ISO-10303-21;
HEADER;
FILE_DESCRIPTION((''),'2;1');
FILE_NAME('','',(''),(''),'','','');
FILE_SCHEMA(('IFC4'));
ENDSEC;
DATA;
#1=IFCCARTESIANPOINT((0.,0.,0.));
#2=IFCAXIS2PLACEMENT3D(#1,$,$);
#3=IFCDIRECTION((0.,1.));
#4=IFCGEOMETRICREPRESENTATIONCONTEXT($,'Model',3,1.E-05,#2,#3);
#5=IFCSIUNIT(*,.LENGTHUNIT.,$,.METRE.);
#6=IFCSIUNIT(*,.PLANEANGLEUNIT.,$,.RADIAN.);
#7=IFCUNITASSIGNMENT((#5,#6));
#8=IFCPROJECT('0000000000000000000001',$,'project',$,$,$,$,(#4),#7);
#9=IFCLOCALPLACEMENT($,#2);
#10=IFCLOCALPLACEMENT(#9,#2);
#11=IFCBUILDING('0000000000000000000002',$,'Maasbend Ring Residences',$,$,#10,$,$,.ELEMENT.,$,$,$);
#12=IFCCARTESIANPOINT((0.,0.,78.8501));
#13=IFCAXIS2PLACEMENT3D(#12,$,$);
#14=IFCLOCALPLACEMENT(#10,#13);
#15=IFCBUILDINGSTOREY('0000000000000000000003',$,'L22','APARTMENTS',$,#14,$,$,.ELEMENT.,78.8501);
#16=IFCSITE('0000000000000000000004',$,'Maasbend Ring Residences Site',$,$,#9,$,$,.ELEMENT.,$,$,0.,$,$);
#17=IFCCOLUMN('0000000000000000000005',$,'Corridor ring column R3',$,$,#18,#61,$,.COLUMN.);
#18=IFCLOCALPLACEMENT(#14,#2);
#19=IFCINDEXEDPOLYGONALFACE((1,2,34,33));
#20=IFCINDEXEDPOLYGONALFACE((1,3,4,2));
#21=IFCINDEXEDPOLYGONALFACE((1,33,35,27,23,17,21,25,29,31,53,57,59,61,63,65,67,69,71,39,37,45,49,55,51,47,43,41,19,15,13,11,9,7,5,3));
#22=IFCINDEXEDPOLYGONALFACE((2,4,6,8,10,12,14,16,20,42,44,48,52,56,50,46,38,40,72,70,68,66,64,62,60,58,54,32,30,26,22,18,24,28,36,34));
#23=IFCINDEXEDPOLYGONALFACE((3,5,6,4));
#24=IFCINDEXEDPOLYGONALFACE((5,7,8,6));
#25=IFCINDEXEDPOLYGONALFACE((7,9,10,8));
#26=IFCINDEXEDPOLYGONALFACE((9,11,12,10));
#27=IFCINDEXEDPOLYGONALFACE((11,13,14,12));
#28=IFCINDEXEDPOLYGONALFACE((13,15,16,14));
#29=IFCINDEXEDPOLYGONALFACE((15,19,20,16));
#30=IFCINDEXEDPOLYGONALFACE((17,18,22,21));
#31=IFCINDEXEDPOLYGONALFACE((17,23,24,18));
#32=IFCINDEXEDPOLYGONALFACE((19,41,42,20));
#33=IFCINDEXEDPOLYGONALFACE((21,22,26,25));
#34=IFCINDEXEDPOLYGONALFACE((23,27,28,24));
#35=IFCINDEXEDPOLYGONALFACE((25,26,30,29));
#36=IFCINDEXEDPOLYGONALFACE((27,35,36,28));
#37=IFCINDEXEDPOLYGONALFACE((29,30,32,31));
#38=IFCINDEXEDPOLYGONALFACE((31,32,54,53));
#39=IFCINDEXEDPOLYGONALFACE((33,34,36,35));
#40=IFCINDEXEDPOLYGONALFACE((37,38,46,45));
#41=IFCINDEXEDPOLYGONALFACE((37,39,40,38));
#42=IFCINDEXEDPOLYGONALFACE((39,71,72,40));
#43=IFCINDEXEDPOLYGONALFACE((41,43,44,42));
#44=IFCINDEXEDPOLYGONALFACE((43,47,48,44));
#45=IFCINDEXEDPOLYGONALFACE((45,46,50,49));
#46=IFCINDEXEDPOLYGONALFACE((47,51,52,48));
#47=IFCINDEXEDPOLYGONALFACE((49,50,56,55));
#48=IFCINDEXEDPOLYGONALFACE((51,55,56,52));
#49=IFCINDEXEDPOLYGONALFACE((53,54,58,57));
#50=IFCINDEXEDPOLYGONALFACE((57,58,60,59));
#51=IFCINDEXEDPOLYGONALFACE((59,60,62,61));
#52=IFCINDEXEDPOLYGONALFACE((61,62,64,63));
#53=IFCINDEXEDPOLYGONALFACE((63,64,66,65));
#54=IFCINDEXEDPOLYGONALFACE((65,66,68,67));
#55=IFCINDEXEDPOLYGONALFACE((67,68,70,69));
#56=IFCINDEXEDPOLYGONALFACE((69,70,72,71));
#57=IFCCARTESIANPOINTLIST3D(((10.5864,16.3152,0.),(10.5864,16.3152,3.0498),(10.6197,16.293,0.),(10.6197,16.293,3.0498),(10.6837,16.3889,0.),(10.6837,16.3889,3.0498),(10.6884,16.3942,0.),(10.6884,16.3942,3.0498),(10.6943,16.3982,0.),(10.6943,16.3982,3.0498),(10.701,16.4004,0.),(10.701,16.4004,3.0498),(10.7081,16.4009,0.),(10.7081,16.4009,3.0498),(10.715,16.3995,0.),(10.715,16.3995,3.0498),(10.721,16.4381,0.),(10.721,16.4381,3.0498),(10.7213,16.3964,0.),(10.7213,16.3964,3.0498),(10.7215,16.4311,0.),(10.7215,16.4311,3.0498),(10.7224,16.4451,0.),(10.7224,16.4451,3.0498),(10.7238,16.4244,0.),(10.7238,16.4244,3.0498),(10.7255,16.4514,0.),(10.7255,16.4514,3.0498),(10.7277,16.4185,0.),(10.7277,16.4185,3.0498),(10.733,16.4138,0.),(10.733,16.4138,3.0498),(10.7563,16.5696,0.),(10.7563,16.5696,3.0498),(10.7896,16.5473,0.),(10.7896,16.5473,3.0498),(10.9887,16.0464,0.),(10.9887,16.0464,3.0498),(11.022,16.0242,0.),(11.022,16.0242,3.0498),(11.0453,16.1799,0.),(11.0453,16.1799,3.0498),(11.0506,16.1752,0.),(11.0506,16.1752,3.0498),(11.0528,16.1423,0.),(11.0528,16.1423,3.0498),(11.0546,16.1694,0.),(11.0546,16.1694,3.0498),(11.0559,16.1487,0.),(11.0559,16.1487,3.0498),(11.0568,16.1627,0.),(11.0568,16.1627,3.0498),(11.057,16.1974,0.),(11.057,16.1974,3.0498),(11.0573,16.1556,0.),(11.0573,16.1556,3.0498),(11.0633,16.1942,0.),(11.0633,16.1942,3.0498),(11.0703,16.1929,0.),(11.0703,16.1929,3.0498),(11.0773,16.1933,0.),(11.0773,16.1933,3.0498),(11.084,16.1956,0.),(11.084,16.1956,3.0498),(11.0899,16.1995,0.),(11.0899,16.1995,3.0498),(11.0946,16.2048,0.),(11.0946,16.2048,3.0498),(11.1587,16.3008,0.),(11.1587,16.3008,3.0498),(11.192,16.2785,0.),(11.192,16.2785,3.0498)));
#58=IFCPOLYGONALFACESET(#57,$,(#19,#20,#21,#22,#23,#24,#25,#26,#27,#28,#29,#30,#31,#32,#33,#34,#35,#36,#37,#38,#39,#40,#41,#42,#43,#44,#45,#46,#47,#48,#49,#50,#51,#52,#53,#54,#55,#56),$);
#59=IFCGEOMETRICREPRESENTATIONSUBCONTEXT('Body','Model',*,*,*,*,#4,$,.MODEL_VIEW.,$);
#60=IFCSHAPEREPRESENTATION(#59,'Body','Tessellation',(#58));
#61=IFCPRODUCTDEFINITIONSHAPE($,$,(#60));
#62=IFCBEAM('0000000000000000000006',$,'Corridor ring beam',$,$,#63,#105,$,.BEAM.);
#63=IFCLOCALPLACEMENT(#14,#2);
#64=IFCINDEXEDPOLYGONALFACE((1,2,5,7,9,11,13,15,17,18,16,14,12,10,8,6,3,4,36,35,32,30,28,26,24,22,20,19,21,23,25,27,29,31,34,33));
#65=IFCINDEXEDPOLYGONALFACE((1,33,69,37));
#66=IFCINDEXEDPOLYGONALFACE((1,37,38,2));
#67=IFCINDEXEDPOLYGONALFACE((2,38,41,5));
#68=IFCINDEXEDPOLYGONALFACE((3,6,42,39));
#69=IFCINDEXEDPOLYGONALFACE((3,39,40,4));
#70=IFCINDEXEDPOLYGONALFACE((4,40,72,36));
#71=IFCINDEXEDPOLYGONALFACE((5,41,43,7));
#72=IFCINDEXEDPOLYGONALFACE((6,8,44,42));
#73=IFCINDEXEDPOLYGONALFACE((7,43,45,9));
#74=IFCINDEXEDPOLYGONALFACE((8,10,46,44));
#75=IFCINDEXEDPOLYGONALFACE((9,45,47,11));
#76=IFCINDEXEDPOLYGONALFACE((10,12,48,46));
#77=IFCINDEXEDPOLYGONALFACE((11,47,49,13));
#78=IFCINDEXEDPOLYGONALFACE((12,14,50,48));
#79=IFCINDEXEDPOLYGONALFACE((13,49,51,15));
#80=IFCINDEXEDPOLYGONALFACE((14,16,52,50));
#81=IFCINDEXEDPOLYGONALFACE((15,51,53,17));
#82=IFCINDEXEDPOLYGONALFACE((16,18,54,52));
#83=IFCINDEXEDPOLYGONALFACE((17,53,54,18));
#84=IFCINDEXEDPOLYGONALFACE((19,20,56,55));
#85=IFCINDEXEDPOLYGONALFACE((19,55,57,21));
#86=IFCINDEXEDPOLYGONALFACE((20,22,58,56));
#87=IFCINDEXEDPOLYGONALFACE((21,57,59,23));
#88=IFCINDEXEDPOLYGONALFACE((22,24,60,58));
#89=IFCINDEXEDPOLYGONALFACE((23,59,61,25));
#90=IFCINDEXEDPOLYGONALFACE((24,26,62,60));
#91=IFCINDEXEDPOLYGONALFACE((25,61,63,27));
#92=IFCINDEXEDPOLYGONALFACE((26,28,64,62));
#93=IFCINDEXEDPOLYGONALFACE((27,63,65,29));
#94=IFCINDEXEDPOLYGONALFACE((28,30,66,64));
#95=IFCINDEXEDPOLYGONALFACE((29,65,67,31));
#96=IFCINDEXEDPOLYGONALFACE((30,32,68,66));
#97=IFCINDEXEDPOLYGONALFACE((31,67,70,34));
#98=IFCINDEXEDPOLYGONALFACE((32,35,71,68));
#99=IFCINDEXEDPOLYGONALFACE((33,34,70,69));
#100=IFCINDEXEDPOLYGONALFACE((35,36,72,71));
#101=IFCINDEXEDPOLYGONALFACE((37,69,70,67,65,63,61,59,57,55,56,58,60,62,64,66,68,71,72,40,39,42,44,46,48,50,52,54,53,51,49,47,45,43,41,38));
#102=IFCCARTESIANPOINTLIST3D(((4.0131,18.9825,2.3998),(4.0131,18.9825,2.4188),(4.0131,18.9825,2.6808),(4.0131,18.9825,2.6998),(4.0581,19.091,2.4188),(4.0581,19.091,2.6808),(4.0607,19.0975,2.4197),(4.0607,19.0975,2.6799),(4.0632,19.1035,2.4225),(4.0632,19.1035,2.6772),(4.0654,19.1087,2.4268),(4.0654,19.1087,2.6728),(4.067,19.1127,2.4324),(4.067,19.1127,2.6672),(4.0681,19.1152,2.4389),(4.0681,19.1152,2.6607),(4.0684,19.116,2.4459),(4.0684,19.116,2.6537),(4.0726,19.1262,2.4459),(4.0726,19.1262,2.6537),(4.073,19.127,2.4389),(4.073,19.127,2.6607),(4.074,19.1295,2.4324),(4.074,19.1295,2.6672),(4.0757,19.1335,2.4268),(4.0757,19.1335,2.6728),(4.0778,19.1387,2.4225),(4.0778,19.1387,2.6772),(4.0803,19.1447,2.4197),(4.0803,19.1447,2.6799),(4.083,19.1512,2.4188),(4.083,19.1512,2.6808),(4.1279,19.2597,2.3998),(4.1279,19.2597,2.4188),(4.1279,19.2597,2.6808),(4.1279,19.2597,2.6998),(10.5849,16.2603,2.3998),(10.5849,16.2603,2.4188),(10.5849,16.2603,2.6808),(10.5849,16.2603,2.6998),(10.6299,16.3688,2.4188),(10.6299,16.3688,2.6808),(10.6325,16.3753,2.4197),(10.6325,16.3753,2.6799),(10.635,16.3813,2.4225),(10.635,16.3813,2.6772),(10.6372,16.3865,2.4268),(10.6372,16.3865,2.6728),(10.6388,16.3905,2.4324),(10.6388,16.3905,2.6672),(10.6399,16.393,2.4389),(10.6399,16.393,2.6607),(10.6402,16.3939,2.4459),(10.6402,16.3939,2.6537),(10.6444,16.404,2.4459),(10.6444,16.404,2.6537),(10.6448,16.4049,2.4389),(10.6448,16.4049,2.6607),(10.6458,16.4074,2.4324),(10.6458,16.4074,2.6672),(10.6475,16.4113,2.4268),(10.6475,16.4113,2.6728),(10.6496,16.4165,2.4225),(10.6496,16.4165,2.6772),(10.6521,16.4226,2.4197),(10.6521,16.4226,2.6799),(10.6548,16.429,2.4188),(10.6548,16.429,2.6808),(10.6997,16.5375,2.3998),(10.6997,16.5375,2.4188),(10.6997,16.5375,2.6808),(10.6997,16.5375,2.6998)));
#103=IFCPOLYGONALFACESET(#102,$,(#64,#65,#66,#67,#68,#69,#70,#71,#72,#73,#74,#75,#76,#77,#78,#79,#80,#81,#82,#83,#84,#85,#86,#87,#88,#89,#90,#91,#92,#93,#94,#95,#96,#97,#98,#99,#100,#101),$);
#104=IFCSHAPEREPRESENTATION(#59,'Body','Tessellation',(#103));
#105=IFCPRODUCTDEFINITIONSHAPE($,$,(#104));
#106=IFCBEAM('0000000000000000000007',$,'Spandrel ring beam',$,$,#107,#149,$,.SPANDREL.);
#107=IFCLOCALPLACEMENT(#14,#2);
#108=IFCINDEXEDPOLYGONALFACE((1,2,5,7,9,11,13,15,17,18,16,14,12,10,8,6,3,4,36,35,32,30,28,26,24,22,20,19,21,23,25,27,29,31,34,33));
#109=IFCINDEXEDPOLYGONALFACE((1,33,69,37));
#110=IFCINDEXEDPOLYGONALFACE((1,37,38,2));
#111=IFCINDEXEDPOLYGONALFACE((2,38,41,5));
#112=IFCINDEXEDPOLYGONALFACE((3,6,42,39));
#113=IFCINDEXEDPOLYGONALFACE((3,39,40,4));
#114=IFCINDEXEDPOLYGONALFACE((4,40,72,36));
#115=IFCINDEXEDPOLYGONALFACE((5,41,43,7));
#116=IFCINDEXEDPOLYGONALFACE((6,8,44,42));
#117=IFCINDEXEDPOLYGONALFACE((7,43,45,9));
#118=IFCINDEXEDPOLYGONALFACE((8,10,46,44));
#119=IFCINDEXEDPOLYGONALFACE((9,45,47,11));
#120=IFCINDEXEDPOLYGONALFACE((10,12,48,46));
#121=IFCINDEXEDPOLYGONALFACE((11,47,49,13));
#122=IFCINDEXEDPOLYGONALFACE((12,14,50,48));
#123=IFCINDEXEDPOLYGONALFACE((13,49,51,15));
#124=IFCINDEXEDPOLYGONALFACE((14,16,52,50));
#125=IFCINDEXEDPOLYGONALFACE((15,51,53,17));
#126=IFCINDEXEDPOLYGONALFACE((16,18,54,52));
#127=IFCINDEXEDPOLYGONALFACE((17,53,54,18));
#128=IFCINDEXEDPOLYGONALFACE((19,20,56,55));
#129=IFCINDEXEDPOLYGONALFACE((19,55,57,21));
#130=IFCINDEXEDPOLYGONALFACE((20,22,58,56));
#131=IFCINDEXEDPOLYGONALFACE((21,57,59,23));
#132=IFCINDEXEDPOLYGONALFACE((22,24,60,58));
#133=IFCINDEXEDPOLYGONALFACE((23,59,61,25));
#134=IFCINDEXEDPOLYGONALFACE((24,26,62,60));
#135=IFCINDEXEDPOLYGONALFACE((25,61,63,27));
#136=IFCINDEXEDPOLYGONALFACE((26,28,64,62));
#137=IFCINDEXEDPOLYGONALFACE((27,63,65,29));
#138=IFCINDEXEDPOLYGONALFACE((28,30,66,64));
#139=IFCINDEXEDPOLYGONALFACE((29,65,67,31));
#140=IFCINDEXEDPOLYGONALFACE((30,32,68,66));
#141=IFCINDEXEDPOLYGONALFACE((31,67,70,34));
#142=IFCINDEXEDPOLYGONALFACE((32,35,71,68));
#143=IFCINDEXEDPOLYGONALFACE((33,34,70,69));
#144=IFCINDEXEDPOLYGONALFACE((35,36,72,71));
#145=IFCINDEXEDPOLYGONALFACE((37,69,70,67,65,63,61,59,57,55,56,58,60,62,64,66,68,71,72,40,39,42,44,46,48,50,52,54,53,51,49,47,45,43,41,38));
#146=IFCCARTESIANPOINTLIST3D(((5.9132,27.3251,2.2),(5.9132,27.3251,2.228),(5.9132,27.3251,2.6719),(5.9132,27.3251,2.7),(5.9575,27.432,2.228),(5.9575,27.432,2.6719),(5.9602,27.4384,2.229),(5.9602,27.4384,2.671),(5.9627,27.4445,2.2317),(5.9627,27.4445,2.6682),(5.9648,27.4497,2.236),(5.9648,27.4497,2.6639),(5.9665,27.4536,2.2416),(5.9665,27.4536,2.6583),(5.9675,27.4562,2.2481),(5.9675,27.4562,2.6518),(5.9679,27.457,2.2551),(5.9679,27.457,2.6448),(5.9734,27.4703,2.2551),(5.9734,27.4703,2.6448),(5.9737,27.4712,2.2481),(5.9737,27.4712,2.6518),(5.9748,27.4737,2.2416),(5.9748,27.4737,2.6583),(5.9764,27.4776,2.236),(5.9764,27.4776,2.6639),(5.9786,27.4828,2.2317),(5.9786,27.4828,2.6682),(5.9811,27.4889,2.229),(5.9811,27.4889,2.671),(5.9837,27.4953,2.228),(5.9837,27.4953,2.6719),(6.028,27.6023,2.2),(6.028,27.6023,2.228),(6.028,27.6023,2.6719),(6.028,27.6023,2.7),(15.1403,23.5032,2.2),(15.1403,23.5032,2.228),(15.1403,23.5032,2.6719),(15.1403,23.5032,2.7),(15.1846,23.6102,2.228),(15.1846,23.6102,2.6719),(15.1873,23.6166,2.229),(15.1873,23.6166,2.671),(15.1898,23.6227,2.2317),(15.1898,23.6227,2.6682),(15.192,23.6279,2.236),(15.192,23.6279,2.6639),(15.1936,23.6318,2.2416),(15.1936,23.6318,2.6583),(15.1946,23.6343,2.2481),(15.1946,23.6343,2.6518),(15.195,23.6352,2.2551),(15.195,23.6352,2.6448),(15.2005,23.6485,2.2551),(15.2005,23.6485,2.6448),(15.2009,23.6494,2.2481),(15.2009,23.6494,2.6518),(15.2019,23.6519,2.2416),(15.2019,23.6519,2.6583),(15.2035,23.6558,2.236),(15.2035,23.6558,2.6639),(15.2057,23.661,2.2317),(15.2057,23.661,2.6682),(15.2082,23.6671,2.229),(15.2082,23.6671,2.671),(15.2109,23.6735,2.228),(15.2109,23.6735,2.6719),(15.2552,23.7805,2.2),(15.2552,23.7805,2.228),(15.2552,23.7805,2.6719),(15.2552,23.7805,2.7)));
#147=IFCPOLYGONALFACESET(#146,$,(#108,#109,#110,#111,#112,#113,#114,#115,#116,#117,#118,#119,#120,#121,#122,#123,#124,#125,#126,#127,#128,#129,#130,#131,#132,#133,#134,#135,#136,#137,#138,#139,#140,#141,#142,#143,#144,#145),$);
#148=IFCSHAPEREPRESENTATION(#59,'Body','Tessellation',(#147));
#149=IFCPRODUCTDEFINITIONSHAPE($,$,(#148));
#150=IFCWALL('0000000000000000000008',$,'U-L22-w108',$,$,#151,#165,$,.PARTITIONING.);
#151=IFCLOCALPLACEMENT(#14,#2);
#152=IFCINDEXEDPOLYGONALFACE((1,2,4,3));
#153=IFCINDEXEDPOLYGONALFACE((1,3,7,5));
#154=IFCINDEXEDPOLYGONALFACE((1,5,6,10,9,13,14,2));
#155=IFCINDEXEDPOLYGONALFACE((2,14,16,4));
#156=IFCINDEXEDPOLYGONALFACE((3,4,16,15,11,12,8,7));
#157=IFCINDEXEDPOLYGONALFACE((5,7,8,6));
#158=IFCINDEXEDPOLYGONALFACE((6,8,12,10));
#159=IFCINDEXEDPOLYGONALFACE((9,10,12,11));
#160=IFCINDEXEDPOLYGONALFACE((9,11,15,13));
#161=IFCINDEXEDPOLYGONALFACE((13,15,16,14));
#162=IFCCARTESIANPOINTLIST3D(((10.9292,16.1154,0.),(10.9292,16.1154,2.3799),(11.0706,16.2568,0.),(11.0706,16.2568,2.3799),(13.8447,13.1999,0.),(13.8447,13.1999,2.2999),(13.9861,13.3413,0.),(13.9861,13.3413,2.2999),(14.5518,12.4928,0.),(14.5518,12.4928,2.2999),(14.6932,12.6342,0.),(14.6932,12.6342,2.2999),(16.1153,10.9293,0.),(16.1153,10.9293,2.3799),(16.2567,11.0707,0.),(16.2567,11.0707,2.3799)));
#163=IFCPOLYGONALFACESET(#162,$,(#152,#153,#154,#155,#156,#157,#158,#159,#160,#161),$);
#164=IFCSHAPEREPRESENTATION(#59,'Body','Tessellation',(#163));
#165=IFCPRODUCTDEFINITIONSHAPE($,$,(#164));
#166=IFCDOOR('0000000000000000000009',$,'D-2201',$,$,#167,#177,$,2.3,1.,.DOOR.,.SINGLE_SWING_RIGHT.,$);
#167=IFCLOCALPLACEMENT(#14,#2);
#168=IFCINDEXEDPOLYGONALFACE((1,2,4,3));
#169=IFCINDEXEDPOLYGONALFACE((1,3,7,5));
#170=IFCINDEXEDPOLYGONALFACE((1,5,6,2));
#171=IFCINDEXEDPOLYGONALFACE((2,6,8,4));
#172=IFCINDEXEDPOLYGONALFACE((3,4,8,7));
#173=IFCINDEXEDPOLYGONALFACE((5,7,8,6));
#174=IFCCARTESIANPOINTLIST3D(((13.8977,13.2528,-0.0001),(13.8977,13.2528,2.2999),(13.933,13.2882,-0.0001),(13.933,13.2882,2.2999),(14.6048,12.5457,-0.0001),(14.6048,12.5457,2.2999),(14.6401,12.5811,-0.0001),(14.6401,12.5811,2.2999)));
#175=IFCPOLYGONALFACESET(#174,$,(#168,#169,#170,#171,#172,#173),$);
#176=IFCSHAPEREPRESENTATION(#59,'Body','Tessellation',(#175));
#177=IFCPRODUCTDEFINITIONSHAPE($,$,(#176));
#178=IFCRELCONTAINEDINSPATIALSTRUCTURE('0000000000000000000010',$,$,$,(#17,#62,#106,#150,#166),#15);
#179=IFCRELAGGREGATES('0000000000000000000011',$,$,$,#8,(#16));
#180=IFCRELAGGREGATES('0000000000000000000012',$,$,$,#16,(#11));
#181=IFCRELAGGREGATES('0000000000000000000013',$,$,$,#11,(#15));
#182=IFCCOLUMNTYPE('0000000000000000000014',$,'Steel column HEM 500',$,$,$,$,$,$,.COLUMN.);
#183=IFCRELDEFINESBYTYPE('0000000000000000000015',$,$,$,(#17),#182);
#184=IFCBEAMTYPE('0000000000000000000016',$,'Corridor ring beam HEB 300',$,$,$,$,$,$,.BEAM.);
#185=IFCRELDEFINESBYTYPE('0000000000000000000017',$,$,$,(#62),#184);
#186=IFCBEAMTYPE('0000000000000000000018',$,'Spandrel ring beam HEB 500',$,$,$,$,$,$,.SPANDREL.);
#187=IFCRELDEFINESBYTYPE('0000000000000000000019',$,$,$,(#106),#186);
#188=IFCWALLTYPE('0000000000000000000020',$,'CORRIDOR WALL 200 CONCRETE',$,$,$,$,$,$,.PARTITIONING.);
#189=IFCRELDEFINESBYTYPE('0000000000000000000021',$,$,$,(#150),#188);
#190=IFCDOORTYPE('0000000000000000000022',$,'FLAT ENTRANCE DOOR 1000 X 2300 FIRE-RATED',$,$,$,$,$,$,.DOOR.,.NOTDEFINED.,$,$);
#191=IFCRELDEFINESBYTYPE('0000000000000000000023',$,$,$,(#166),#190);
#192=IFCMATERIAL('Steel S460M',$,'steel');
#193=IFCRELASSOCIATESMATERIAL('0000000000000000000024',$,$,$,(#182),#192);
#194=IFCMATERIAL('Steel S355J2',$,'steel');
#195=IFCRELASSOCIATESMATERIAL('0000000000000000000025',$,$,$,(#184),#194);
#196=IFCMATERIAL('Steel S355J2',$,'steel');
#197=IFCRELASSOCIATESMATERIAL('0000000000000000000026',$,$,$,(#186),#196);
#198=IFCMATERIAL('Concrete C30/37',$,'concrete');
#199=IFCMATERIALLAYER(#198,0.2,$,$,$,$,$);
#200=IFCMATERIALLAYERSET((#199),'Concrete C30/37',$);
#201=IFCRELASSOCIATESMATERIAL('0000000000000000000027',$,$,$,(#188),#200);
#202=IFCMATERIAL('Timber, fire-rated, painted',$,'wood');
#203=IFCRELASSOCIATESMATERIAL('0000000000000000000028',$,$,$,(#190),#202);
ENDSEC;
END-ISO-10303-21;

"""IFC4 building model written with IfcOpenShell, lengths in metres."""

from ifc_helpers import new_model, si_unit, direction, frame, frame_2d, origin, origin_2d, place, context, subcontext, project, spatial, rectangle, i_section, extrude, material, layer, layer_set, material_profile, profile_set, type_object, element, fill, save


model = new_model("IFC4")

# Units and contexts
model_context = context("Model", 3, precision=1e-05, world=origin(), true_north=direction((0.0, 1.0)))
body_context = subcontext(model_context, "Body", "Model", "MODEL_VIEW")
ifc_project = project(units=[si_unit("LENGTHUNIT", "METRE"), si_unit("PLANEANGLEUNIT", "RADIAN")], contexts=[model_context])

# Site, building, storey
site_placement = place(None, origin())
site = spatial("IfcSite", under=ifc_project, at=site_placement, Name="Maasbend Ring Residences Site", CompositionType="ELEMENT", RefElevation=0.0)
building_placement = place(site_placement, origin())
building = spatial("IfcBuilding", under=site, at=building_placement, Name="Maasbend Ring Residences", CompositionType="ELEMENT")
storey_placement = place(building_placement, frame((0.0, 0.0, 78.8501)))
storey = spatial("IfcBuildingStorey", under=building, at=storey_placement, Name="L22", Description="APARTMENTS", CompositionType="ELEMENT", Elevation=78.8501)

# Column
ifc_material_1 = material(Name="Steel S460M", Category="steel")
ifc_material_profile_1 = material_profile(ifc_material_1, i_section(OverallWidth=0.3059, OverallDepth=0.5239, WebThickness=0.021, FlangeThickness=0.04, FilletRadius=0.0271, at=origin_2d()), Name="HEM 500")
ifc_profile_set_1 = profile_set([ifc_material_profile_1], Name="Steel S460M")
column_type = type_object("IfcColumnType", Name="Steel column HEM 500", PredefinedType="COLUMN", material=ifc_profile_set_1)
column_placement = place(storey_placement, frame((10.8892, 16.2969, 0.0), z_axis=(0.0, 0.0, 1.0), x_axis=(0.55557, 0.83147, 0.0)))
element("IfcColumn", 1, at=column_placement, inside=storey, type_object=column_type, Name="Corridor ring column R3", PredefinedType="COLUMN", context=body_context, shape_type="SweptSolid", body=[
    extrude(i_section(OverallWidth=0.3059, OverallDepth=0.5239, WebThickness=0.021, FlangeThickness=0.04, FilletRadius=0.0271, at=origin_2d()), origin(), (0.0, 0.0, 1.0), 3.0498),
])

# Beams
ifc_material_2 = material(Name="Steel S355J2", Category="steel")
ifc_material_profile_2 = material_profile(ifc_material_2, i_section(OverallWidth=0.3, OverallDepth=0.3, WebThickness=0.011, FlangeThickness=0.019, FilletRadius=0.0271, at=origin_2d()), Name="HEB 300")
ifc_profile_set_2 = profile_set([ifc_material_profile_2], Name="Steel S355J2")
beam_type_1 = type_object("IfcBeamType", Name="Corridor ring beam HEB 300", PredefinedType="BEAM", material=ifc_profile_set_2)
beam_1_placement = place(storey_placement, frame((10.6423, 16.3989, 2.5498), z_axis=(-0.923877, 0.382689, 0.0), x_axis=(-0.382689, -0.923877, 0.0)))
element("IfcBeam", 2, at=beam_1_placement, inside=storey, type_object=beam_type_1, Name="Corridor ring beam", PredefinedType="BEAM", context=body_context, shape_type="SweptSolid", body=[
    extrude(i_section(OverallWidth=0.3, OverallDepth=0.3, WebThickness=0.011, FlangeThickness=0.019, FilletRadius=0.0271, at=origin_2d()), origin(), (0.0, 0.0, 1.0), 7.1133),
])
ifc_material_3 = material(Name="Steel S355J2", Category="steel")
ifc_material_profile_3 = material_profile(ifc_material_3, i_section(OverallWidth=0.3, OverallDepth=0.5, WebThickness=0.0144, FlangeThickness=0.0281, FilletRadius=0.0271, at=origin_2d()), Name="HEB 500")
ifc_profile_set_3 = profile_set([ifc_material_profile_3], Name="Steel S355J2")
beam_type_2 = type_object("IfcBeamType", Name="Spandrel ring beam HEB 500", PredefinedType="SPANDREL", material=ifc_profile_set_3)
beam_2_placement = place(storey_placement, frame((15.1978, 23.6418, 2.45), z_axis=(-0.923886, 0.382667, 0.0), x_axis=(-0.382667, -0.923886, 0.0)))
element("IfcBeam", 3, at=beam_2_placement, inside=storey, type_object=beam_type_2, Name="Spandrel ring beam", PredefinedType="SPANDREL", context=body_context, shape_type="SweptSolid", body=[
    extrude(i_section(OverallWidth=0.3, OverallDepth=0.5, WebThickness=0.0144, FlangeThickness=0.0281, FilletRadius=0.0271, at=origin_2d()), origin(), (0.0, 0.0, 1.0), 9.9873),
])

# Wall, opening, door
ifc_material_4 = material(Name="Concrete C30/37", Category="concrete")
ifc_layer_1 = layer(ifc_material_4, 0.2)
ifc_layer_set_1 = layer_set([ifc_layer_1], Name="Concrete C30/37")
wall_type_1 = type_object("IfcWallType", Name="CORRIDOR WALL 200 CONCRETE", PredefinedType="PARTITIONING", material=ifc_layer_set_1)
wall_1_placement = place(storey_placement, frame((11.0, 16.186, 0.0), z_axis=(0.0, 0.0, 1.0), x_axis=(0.707107, -0.707107, 0.0)))
wall_1 = element("IfcWall", 4, at=wall_1_placement, inside=storey, type_object=wall_type_1, Name="U-L22-w108", PredefinedType="PARTITIONING", context=body_context, shape_type="SweptSolid", body=[
    extrude(rectangle(XDim=7.3342, YDim=0.2, at=frame_2d((3.667, 0.0))), origin(), (0.0, 0.0, 1.0), 2.3799),
])
opening_1_placement = place(wall_1_placement, frame((4.123, 0.0, 0.0)))
opening_1 = element("IfcOpeningElement", 5, at=opening_1_placement, cuts=wall_1, PredefinedType="OPENING", context=body_context, shape_type="SweptSolid", body=[
    extrude(rectangle(XDim=1.0, YDim=2.3, at=frame_2d((0.5, 1.1499))), frame((0.0, 0.1099, 0.0), z_axis=(0.0, -1.0, 0.0), x_axis=(1.0, 0.0, 0.0)), (0.0, 0.0, 1.0), 0.22),
])
ifc_material_5 = material(Name="Timber, fire-rated, painted", Category="wood")
door_type_1 = type_object("IfcDoorType", Name="FLAT ENTRANCE DOOR 1000 X 2300 FIRE-RATED", OperationType="NOTDEFINED", PredefinedType="DOOR", material=ifc_material_5)
door_1_placement = place(opening_1_placement, origin())
door_1 = element("IfcDoor", 6, at=door_1_placement, inside=storey, type_object=door_type_1, Name="D-2201", OperationType="SINGLE_SWING_RIGHT", OverallHeight=2.3, OverallWidth=1.0, PredefinedType="DOOR", context=body_context, shape_type="SweptSolid", body=[
    extrude(rectangle(XDim=1.0, YDim=2.3, at=frame_2d((0.5, 1.1499))), frame((0.0, 0.0249, 0.0), z_axis=(0.0, -1.0, 0.0), x_axis=(1.0, 0.0, 0.0)), (0.0, 0.0, 1.0), 0.05),
])
fill(opening_1, door_1)

save(model, "model.ifc")
